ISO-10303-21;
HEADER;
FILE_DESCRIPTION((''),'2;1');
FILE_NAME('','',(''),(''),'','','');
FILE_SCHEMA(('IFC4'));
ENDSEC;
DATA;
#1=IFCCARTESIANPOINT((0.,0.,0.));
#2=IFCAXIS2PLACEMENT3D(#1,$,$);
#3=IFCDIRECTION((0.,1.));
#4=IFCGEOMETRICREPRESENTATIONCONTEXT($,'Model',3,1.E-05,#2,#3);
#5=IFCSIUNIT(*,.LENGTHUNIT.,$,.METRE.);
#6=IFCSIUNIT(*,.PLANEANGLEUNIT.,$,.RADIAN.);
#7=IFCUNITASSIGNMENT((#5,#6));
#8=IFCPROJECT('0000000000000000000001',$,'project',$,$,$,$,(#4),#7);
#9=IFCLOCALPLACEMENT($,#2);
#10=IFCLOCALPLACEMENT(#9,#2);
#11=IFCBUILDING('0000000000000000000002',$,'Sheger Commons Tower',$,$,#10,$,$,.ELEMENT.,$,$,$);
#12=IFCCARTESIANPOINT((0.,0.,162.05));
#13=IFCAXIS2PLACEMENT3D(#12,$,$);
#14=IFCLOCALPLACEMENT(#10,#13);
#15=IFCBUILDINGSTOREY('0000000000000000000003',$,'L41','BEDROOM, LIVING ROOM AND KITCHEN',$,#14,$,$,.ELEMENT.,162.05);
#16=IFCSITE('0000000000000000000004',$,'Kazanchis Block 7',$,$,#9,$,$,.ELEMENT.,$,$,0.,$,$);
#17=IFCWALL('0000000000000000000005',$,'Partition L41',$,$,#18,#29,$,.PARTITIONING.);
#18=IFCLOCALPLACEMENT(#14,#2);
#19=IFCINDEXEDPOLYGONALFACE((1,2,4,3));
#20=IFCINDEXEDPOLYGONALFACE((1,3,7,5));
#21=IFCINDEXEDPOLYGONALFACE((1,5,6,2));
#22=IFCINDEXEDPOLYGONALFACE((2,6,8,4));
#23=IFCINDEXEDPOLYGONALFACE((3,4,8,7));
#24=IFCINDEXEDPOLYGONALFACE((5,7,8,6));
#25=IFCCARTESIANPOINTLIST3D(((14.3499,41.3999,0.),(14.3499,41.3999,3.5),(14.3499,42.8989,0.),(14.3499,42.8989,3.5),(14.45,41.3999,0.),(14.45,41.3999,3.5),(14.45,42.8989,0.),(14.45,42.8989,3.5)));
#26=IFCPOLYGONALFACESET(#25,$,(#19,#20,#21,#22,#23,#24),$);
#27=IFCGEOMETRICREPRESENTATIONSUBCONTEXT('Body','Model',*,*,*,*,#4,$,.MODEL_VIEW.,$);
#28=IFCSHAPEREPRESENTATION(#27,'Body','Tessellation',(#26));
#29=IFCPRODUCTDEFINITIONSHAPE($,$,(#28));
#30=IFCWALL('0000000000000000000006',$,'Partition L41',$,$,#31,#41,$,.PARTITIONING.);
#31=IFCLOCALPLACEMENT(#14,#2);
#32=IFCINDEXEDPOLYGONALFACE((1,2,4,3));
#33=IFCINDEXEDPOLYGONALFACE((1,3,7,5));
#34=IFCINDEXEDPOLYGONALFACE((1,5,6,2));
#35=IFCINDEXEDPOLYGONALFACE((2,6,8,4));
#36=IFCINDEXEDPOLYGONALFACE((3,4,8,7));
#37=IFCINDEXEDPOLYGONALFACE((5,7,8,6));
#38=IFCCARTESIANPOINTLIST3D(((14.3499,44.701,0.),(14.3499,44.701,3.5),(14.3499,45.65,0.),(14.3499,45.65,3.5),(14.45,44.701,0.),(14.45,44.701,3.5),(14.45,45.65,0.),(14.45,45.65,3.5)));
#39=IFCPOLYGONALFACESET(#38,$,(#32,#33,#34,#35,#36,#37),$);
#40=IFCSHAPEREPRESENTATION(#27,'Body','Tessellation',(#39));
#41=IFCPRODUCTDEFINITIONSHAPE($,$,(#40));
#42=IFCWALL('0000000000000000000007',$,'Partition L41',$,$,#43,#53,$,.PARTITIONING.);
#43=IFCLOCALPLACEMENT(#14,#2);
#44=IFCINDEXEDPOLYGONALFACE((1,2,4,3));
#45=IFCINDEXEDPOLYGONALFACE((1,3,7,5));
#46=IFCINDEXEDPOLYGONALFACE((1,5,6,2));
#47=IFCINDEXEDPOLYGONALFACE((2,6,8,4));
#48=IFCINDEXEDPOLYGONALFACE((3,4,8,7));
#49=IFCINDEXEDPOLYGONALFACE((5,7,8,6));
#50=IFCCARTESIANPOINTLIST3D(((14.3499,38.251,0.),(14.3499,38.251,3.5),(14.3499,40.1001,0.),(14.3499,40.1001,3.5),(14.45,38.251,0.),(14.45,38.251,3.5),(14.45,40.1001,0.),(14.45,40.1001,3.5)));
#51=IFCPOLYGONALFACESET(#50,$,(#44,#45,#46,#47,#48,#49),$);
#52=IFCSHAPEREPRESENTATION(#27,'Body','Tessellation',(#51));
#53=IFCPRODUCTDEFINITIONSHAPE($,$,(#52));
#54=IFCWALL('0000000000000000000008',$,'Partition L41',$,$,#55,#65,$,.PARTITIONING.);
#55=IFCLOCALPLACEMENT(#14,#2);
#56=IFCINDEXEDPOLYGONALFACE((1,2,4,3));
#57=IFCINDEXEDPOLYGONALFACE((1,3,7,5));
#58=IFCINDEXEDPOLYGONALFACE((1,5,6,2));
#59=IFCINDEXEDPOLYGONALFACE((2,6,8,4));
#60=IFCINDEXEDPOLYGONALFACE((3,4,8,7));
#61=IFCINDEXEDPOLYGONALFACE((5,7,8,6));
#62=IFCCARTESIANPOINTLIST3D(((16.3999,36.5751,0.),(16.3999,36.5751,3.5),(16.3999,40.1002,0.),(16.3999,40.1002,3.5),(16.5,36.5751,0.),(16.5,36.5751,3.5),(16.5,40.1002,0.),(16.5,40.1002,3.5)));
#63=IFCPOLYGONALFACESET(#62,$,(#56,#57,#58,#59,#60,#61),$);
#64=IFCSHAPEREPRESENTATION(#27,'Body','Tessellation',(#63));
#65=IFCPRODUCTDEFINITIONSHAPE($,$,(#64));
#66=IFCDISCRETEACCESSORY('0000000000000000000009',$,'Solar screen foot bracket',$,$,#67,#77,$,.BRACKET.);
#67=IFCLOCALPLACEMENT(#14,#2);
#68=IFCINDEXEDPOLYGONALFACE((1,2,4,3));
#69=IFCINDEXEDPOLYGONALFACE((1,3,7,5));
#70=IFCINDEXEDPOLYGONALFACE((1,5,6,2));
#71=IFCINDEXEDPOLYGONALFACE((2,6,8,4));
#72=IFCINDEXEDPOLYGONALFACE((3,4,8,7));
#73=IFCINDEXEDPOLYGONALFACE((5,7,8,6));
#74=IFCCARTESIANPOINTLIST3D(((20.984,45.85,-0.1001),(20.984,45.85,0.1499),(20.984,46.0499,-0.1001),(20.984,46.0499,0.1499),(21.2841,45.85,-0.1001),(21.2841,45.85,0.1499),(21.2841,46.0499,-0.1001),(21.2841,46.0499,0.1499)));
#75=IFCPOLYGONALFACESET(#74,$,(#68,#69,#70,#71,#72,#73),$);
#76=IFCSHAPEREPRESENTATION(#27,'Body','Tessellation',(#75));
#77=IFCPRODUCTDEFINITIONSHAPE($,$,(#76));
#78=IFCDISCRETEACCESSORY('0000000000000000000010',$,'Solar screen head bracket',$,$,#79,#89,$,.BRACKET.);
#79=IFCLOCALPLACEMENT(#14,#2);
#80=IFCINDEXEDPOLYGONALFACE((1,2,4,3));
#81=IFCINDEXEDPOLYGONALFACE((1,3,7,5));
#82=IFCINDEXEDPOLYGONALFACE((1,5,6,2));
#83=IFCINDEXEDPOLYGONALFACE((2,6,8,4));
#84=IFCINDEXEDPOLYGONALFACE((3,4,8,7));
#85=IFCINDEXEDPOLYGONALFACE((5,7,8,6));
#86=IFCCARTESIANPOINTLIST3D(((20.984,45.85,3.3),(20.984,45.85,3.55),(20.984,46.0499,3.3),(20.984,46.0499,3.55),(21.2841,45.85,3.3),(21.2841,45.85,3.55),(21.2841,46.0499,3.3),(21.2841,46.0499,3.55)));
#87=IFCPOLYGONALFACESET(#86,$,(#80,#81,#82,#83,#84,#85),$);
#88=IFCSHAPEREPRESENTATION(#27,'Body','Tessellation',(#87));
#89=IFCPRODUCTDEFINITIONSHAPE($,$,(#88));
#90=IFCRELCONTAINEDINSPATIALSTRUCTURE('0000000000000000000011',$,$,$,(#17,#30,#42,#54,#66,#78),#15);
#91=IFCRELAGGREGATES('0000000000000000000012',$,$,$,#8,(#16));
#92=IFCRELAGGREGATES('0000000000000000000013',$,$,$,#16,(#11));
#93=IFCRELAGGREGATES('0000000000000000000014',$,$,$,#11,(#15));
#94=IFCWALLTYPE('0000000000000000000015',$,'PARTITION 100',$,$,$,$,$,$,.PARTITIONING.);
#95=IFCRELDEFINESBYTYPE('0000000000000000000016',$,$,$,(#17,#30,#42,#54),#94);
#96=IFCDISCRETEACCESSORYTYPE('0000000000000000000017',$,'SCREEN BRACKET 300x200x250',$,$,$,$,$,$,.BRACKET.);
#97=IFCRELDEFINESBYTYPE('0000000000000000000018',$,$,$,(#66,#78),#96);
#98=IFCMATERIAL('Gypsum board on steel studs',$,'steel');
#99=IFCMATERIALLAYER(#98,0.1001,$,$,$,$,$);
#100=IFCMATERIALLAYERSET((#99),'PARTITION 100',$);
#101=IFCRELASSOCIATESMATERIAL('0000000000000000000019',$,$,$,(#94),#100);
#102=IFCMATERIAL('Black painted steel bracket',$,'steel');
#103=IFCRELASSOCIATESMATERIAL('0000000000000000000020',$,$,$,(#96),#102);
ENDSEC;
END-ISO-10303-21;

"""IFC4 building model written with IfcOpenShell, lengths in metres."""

from ifc_helpers import new_model, si_unit, direction, frame, frame_2d, origin, origin_2d, place, context, subcontext, project, spatial, rectangle, extrude, material, layer, layer_set, type_object, element, save


model = new_model("IFC4")

# Units and contexts
model_context = context("Model", 3, precision=1e-05, world=origin(), true_north=direction((0.0, 1.0)))
body_context = subcontext(model_context, "Body", "Model", "MODEL_VIEW")
ifc_project = project(units=[si_unit("LENGTHUNIT", "METRE"), si_unit("PLANEANGLEUNIT", "RADIAN")], contexts=[model_context])

# Site, building, storey
site_placement = place(None, origin())
site = spatial("IfcSite", under=ifc_project, at=site_placement, Name="Kazanchis Block 7", CompositionType="ELEMENT", RefElevation=0.0)
building_placement = place(site_placement, origin())
building = spatial("IfcBuilding", under=site, at=building_placement, Name="Sheger Commons Tower", CompositionType="ELEMENT")
storey_placement = place(building_placement, frame((0.0, 0.0, 162.05)))
storey = spatial("IfcBuildingStorey", under=building, at=storey_placement, Name="L41", Description="BEDROOM, LIVING ROOM AND KITCHEN", CompositionType="ELEMENT", Elevation=162.05)

# Shared definitions
ifc_material_1 = material(Name="Gypsum board on steel studs", Category="steel")
ifc_layer_1 = layer(ifc_material_1, 0.1001)
ifc_layer_set_1 = layer_set([ifc_layer_1], Name="PARTITION 100")
wall_type_1 = type_object("IfcWallType", Name="PARTITION 100", PredefinedType="PARTITIONING", material=ifc_layer_set_1)

# Walls
wall_1_placement = place(storey_placement, frame((14.3999, 41.3999, 0.0), z_axis=(0.0, 0.0, 1.0), x_axis=(0.0, 1.0, 0.0)))
element("IfcWall", 1, at=wall_1_placement, inside=storey, type_object=wall_type_1, Name="Partition L41", PredefinedType="PARTITIONING", context=body_context, shape_type="SweptSolid", body=[
    extrude(rectangle(XDim=1.499, YDim=0.1001, at=frame_2d((0.7495, 0.0))), origin(), (0.0, 0.0, 1.0), 3.5),
])
wall_2_placement = place(storey_placement, frame((14.3999, 44.7009, 0.0), z_axis=(0.0, 0.0, 1.0), x_axis=(0.0, 1.0, 0.0)))
element("IfcWall", 2, at=wall_2_placement, inside=storey, type_object=wall_type_1, Name="Partition L41", PredefinedType="PARTITIONING", context=body_context, shape_type="SweptSolid", body=[
    extrude(rectangle(XDim=0.949, YDim=0.1001, at=frame_2d((0.4746, 0.0))), origin(), (0.0, 0.0, 1.0), 3.5),
])
wall_3_placement = place(storey_placement, frame((14.3999, 38.251, 0.0), z_axis=(0.0, 0.0, 1.0), x_axis=(0.0, 1.0, 0.0)))
element("IfcWall", 3, at=wall_3_placement, inside=storey, type_object=wall_type_1, Name="Partition L41", PredefinedType="PARTITIONING", context=body_context, shape_type="SweptSolid", body=[
    extrude(rectangle(XDim=1.8491, YDim=0.1001, at=frame_2d((0.9246, 0.0))), origin(), (0.0, 0.0, 1.0), 3.5),
])
wall_4_placement = place(storey_placement, frame((16.45, 36.575, 0.0), z_axis=(0.0, 0.0, 1.0), x_axis=(0.0, 1.0, 0.0)))
element("IfcWall", 4, at=wall_4_placement, inside=storey, type_object=wall_type_1, Name="Partition L41", PredefinedType="PARTITIONING", context=body_context, shape_type="SweptSolid", body=[
    extrude(rectangle(XDim=3.5251, YDim=0.1001, at=frame_2d((1.7627, 0.0))), origin(), (0.0, 0.0, 1.0), 3.5),
])

# Discrete accessories
ifc_material_2 = material(Name="Black painted steel bracket", Category="steel")
discrete_accessory_type = type_object("IfcDiscreteAccessoryType", Name="SCREEN BRACKET 300x200x250", PredefinedType="BRACKET", material=ifc_material_2)
for number, where, z_axis, x_axis, name in (
    (5, (21.134, 45.95, -0.1001), (0.0, 0.0, 1.0), (-1.0, 0.0, 0.0), "Solar screen foot bracket"),
    (6, (21.134, 45.95, 3.3), (0.0, 0.0, 1.0), (-1.0, 0.0, 0.0), "Solar screen head bracket"),
):
    element("IfcDiscreteAccessory", number, at=place(storey_placement, frame(where, z_axis=z_axis, x_axis=x_axis)), inside=storey, type_object=discrete_accessory_type, Name=name, PredefinedType="BRACKET", context=body_context, shape_type="SweptSolid", body=[
        extrude(rectangle(XDim=0.3, YDim=0.2, at=origin_2d()), origin(), (0.0, 0.0, 1.0), 0.25),
    ])

save(model, "model.ifc")
